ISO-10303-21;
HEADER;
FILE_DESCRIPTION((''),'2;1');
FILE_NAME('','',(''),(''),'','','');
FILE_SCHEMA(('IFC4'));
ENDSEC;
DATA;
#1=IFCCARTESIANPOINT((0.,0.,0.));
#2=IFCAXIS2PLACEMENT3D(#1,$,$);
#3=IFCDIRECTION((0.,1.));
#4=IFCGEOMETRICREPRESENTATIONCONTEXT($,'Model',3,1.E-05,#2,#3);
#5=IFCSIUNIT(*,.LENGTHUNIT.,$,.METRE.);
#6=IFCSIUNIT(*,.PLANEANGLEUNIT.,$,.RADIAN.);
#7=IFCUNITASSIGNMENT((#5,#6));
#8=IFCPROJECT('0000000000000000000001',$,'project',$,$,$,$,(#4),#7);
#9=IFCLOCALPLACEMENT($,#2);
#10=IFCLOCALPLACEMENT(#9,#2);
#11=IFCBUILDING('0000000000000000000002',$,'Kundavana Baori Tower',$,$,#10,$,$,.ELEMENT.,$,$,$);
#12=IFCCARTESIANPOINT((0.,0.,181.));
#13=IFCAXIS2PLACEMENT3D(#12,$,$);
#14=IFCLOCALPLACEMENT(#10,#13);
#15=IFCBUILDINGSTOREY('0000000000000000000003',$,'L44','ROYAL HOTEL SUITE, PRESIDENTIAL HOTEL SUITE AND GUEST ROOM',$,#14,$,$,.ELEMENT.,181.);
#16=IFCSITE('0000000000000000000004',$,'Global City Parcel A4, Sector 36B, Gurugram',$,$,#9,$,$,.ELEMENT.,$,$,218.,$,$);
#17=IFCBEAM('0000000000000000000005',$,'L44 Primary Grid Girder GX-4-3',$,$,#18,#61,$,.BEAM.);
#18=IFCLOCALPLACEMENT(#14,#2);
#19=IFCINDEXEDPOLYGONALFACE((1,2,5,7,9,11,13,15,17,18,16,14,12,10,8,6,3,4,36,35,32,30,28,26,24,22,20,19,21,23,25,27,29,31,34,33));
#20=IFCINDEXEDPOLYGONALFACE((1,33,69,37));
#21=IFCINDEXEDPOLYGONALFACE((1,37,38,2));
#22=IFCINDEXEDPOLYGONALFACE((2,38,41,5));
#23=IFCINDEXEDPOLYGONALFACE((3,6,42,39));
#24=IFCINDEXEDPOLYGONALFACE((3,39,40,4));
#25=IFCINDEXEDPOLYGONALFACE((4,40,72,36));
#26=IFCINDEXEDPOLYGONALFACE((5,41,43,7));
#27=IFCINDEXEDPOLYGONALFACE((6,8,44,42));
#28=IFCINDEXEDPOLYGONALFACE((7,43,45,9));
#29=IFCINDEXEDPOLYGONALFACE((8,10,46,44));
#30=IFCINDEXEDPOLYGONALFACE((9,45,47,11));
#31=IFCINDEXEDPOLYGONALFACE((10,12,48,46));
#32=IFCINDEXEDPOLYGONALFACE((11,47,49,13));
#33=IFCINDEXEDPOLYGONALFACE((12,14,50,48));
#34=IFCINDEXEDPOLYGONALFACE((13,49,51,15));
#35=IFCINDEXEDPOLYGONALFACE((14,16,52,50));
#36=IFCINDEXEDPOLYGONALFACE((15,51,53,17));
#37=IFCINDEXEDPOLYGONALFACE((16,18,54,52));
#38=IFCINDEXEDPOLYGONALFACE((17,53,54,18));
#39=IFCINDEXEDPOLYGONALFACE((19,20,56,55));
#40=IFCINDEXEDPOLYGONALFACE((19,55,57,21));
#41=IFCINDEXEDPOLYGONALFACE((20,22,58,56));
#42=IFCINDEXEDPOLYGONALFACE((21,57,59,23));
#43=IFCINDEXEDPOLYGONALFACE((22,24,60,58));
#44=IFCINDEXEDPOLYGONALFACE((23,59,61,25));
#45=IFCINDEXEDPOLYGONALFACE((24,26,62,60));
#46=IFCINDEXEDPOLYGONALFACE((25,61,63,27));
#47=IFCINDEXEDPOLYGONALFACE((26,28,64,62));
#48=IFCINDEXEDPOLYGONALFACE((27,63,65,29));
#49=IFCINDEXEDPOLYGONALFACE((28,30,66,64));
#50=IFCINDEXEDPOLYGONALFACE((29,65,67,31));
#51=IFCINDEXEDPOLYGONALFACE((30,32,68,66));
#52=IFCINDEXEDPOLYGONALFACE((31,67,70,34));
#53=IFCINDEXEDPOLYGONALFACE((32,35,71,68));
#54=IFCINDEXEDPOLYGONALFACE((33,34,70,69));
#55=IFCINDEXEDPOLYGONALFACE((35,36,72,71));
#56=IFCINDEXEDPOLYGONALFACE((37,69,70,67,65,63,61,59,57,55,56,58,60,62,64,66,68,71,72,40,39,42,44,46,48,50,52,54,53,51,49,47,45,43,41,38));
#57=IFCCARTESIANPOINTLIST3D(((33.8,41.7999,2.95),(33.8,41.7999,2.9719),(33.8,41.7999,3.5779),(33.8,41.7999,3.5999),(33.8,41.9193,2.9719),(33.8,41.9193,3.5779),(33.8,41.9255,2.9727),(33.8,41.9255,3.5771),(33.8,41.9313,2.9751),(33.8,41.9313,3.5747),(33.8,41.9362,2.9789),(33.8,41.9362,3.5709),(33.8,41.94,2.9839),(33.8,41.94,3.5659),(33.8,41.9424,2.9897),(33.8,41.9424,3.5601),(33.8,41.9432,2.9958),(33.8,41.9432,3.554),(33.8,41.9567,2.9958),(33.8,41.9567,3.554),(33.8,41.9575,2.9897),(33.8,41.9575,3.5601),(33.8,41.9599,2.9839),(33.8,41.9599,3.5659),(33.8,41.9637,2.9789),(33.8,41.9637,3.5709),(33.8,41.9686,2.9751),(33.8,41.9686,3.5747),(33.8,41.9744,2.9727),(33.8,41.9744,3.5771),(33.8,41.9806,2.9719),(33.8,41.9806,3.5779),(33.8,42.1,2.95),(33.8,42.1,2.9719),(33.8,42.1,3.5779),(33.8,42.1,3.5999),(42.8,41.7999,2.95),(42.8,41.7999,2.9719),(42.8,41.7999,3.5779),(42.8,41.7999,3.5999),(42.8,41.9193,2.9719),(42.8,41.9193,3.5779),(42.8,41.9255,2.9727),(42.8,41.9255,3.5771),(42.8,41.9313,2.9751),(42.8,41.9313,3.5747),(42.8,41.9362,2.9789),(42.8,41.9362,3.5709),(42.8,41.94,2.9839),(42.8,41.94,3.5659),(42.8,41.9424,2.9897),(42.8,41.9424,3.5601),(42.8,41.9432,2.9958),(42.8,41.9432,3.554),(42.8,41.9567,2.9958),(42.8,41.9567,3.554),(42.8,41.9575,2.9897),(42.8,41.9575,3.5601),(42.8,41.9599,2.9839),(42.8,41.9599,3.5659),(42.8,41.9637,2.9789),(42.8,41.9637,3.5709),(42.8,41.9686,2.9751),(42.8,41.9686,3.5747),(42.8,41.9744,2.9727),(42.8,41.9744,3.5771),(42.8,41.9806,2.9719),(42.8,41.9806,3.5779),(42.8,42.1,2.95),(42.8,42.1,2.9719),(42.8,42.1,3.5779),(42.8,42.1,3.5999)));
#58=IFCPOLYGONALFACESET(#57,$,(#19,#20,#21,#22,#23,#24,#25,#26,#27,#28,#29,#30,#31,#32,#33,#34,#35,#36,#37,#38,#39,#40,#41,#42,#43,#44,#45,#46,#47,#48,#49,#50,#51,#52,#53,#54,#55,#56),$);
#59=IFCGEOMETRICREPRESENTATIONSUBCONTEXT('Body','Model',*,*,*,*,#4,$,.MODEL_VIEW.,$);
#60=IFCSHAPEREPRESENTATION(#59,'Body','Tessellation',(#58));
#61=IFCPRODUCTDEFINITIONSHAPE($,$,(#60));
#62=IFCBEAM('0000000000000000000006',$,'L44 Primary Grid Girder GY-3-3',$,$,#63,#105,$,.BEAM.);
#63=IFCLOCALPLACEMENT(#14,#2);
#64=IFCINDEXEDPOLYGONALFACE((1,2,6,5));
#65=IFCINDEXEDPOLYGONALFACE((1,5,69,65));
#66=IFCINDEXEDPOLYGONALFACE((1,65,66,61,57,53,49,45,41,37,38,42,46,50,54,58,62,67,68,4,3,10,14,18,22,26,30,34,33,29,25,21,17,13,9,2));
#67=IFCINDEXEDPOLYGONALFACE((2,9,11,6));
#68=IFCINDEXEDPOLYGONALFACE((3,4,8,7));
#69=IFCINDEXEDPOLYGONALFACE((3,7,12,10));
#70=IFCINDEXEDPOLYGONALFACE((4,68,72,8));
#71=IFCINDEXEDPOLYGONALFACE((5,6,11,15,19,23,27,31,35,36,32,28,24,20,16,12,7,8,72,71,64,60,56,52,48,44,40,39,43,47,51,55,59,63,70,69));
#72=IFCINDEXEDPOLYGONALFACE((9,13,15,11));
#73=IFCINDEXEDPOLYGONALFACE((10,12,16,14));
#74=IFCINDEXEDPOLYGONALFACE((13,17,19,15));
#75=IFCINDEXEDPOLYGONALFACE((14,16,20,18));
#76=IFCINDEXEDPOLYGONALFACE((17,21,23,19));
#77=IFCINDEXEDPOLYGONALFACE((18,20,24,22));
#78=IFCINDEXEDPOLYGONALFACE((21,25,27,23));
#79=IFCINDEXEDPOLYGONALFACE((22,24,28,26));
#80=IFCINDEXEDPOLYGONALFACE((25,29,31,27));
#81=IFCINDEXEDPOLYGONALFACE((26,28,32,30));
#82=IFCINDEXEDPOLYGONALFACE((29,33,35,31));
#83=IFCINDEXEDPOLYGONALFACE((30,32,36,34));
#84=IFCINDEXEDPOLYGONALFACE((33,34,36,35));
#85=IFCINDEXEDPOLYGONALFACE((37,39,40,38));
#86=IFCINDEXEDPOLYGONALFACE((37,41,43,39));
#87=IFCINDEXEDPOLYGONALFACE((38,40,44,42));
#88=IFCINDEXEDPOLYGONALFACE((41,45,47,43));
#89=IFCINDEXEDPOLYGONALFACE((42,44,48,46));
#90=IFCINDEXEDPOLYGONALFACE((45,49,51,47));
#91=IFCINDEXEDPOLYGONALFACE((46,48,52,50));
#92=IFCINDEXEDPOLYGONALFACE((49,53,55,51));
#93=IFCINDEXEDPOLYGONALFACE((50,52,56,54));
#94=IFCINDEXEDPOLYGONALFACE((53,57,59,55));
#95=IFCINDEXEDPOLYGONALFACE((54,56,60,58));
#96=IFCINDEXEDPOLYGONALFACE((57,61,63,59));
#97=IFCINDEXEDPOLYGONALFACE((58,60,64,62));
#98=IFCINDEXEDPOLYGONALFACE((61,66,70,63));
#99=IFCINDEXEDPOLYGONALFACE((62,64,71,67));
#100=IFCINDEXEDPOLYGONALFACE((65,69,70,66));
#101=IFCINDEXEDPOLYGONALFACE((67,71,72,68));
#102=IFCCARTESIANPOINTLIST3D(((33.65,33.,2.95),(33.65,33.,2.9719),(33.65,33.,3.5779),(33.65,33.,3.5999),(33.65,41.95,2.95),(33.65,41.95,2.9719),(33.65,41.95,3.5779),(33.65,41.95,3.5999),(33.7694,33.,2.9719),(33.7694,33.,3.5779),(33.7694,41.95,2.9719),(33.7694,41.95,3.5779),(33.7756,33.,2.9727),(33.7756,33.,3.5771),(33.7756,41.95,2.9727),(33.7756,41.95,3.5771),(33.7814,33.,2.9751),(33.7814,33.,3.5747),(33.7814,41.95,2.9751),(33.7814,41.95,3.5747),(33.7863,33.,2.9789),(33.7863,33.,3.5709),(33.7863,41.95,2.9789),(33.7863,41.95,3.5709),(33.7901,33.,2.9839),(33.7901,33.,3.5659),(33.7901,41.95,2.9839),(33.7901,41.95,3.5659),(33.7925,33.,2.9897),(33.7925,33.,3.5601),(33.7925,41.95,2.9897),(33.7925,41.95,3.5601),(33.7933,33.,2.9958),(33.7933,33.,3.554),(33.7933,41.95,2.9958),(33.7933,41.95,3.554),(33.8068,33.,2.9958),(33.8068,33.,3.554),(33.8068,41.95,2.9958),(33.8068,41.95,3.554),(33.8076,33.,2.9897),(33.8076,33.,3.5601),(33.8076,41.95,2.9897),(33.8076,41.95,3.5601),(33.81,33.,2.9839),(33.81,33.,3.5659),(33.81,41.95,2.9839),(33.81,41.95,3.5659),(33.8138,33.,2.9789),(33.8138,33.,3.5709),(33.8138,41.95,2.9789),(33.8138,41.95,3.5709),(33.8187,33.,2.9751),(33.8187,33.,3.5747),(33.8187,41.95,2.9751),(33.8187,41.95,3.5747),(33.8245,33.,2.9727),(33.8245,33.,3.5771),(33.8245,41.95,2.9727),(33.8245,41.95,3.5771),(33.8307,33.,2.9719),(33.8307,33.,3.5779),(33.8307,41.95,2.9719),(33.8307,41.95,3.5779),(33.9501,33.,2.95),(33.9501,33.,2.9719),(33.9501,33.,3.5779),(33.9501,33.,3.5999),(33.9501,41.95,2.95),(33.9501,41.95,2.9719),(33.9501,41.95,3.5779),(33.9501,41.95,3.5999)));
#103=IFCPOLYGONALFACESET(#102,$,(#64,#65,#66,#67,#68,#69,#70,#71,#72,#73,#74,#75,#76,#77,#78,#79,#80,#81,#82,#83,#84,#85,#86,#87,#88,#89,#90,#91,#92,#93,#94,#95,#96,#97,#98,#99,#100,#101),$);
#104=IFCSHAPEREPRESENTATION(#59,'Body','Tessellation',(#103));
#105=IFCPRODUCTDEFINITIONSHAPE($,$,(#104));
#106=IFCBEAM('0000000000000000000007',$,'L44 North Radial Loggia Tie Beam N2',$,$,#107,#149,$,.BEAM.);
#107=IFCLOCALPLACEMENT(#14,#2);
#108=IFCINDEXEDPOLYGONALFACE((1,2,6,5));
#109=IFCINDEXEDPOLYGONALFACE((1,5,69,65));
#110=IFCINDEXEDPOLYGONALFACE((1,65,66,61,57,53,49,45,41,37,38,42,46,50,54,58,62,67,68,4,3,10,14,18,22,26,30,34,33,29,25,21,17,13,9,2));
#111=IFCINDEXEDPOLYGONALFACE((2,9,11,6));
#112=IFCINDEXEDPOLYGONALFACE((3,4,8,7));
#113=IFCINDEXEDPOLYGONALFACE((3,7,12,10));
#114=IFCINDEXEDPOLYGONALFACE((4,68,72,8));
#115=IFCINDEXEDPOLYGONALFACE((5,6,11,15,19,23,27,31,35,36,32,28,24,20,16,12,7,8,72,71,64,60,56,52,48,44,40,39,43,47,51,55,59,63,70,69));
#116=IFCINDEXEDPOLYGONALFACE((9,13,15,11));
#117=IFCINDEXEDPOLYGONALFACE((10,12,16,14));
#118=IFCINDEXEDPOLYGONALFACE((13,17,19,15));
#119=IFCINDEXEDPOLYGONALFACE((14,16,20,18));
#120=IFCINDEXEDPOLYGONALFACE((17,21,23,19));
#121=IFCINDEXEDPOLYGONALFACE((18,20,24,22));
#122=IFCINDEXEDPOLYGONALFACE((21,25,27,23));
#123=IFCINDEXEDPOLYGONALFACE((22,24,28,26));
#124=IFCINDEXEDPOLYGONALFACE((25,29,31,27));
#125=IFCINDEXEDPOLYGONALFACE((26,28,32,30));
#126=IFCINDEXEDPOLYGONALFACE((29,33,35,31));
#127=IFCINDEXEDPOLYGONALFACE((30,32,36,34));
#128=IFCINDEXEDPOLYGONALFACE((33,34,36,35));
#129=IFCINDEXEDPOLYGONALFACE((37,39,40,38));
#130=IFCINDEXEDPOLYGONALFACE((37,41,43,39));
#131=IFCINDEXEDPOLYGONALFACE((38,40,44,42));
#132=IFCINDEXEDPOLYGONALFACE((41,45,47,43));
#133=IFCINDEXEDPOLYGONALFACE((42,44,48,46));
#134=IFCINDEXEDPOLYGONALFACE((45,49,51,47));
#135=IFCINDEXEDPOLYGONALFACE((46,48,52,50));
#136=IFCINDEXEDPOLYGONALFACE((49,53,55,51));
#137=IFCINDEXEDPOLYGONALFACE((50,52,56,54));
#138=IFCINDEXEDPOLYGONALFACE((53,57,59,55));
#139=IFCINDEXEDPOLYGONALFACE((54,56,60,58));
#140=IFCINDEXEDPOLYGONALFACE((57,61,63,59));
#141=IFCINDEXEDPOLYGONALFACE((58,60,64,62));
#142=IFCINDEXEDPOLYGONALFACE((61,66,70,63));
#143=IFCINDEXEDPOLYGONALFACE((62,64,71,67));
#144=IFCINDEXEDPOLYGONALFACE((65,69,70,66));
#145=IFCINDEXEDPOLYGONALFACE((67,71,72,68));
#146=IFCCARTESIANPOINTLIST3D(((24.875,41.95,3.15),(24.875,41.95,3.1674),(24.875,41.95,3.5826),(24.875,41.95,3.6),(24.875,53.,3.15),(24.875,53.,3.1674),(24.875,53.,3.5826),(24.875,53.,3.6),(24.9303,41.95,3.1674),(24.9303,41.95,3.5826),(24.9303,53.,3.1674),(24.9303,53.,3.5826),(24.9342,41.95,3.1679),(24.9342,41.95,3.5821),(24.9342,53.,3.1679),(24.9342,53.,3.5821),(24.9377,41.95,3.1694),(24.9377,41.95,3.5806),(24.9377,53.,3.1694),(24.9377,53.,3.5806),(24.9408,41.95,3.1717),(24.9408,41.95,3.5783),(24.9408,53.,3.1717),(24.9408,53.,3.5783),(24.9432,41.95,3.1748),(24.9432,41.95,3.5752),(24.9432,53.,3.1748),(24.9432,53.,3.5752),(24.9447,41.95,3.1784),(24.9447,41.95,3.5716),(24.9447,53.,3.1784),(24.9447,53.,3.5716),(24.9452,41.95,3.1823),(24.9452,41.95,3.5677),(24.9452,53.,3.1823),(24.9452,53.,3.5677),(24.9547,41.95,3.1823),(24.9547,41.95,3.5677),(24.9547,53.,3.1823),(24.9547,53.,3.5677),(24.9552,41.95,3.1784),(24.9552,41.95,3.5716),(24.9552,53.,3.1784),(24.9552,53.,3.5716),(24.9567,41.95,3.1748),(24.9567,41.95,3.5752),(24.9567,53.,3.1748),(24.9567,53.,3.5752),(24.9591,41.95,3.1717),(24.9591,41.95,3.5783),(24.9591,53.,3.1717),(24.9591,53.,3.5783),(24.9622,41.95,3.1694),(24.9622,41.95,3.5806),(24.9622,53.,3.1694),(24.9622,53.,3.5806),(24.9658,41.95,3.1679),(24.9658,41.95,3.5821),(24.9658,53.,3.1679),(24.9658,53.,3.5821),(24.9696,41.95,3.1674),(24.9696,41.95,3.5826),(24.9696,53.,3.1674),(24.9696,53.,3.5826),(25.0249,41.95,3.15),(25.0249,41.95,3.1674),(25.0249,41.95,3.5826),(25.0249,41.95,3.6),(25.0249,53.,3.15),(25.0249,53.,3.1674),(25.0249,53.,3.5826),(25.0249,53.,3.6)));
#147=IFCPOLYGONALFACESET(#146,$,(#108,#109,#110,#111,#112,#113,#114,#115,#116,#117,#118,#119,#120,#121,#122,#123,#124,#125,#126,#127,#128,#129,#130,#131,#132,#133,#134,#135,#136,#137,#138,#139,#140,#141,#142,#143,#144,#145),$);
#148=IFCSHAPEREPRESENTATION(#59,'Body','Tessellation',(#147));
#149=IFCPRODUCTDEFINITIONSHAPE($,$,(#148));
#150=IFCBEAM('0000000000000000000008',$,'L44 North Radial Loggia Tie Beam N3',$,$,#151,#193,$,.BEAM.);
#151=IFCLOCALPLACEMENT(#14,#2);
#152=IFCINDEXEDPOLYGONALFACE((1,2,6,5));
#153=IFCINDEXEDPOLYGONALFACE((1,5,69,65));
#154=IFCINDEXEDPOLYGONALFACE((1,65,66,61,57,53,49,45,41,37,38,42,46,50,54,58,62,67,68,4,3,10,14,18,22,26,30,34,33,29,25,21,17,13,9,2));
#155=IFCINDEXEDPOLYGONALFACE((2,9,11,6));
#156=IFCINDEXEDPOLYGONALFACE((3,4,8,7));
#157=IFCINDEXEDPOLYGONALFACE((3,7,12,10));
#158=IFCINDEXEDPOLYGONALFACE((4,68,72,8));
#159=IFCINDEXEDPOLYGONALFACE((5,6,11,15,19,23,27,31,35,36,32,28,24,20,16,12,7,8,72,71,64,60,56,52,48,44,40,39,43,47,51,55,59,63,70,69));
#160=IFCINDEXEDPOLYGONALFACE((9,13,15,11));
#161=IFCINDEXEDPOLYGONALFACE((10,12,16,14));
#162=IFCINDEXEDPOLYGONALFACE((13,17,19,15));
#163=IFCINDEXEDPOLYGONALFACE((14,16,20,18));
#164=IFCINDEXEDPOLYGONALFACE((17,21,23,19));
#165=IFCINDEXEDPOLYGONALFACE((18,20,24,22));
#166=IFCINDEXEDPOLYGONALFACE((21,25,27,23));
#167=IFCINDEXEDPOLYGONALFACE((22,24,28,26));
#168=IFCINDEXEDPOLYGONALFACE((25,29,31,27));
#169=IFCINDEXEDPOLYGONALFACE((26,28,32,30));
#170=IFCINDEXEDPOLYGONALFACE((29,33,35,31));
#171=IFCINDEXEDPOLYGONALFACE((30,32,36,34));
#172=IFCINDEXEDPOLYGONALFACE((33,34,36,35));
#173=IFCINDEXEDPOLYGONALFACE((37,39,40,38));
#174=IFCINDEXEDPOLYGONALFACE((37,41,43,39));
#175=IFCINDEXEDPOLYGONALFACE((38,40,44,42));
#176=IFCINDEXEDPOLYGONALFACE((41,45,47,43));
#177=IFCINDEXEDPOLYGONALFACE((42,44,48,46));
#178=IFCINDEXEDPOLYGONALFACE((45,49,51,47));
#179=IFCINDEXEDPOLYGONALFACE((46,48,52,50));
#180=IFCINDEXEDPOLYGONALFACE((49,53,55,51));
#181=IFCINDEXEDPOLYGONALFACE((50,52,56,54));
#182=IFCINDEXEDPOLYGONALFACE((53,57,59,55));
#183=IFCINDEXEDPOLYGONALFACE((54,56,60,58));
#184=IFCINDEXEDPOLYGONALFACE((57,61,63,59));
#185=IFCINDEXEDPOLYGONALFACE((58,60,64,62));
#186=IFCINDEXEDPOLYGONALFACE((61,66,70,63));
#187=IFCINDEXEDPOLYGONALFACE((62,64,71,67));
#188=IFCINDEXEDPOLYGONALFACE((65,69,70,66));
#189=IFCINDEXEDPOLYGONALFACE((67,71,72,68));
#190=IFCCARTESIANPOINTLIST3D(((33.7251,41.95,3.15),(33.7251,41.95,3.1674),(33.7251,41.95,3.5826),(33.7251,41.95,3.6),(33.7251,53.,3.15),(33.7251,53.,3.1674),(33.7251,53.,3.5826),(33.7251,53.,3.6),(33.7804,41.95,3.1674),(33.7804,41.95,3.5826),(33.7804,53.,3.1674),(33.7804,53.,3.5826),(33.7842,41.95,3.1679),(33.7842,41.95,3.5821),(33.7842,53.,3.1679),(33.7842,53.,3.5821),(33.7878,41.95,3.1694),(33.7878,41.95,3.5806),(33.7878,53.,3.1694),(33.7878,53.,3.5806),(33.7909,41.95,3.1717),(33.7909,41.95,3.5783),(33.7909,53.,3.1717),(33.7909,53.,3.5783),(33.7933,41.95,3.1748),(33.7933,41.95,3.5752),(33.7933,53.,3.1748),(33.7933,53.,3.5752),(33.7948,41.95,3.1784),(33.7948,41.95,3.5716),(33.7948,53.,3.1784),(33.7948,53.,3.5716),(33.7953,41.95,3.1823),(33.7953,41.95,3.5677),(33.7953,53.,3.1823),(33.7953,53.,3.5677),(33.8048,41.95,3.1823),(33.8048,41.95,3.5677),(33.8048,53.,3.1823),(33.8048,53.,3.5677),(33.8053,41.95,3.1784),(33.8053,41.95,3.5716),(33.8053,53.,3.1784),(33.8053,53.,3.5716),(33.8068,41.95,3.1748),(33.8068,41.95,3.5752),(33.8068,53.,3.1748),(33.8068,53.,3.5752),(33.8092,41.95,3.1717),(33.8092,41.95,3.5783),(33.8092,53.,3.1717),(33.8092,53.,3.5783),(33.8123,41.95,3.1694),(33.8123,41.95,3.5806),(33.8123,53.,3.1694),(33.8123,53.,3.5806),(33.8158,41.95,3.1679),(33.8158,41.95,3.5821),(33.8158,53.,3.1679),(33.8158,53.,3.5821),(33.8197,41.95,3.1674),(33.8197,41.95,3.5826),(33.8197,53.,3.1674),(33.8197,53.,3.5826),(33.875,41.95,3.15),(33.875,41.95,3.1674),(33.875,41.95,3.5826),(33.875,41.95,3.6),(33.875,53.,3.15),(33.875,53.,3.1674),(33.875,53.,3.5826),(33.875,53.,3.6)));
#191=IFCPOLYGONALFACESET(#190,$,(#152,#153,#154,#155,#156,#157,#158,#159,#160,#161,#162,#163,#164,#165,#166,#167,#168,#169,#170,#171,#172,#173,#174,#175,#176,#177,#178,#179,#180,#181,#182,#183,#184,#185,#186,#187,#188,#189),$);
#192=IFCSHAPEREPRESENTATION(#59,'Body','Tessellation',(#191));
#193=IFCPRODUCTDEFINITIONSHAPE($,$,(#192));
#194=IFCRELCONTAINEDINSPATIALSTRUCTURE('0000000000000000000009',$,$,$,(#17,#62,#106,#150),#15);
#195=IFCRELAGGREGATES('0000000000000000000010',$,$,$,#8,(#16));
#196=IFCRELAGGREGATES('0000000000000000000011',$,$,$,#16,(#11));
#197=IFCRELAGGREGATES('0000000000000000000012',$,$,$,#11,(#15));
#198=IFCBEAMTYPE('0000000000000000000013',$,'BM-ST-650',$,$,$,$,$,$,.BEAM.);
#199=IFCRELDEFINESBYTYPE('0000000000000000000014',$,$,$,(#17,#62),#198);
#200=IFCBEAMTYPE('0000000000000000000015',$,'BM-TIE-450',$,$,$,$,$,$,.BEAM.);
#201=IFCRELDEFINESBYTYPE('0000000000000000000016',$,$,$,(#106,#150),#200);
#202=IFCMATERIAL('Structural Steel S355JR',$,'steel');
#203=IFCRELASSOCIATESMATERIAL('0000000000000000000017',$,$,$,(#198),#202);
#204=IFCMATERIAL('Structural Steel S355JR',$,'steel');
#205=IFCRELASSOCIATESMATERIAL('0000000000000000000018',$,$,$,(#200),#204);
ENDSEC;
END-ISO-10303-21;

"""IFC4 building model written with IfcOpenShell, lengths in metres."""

from ifc_helpers import new_model, si_unit, direction, frame, origin, origin_2d, place, context, subcontext, project, spatial, i_section, extrude, material, material_profile, profile_set, type_object, element, save


model = new_model("IFC4")

# Units and contexts
model_context = context("Model", 3, precision=1e-05, world=origin(), true_north=direction((0.0, 1.0)))
body_context = subcontext(model_context, "Body", "Model", "MODEL_VIEW")
ifc_project = project(units=[si_unit("LENGTHUNIT", "METRE"), si_unit("PLANEANGLEUNIT", "RADIAN")], contexts=[model_context])

# Site, building, storey
site_placement = place(None, origin())
site = spatial("IfcSite", under=ifc_project, at=site_placement, Name="Global City Parcel A4, Sector 36B, Gurugram", CompositionType="ELEMENT", RefElevation=218.0)
building_placement = place(site_placement, origin())
building = spatial("IfcBuilding", under=site, at=building_placement, Name="Kundavana Baori Tower", CompositionType="ELEMENT")
storey_placement = place(building_placement, frame((0.0, 0.0, 181.0)))
storey = spatial("IfcBuildingStorey", under=building, at=storey_placement, Name="L44", Description="ROYAL HOTEL SUITE, PRESIDENTIAL HOTEL SUITE AND GUEST ROOM", CompositionType="ELEMENT", Elevation=181.0)

# Beams
ifc_material_1 = material(Name="Structural Steel S355JR", Category="steel")
ifc_material_profile_1 = material_profile(ifc_material_1, i_section(OverallWidth=0.3, OverallDepth=0.6499, WebThickness=0.0134, FlangeThickness=0.022, FilletRadius=0.0239, at=origin_2d()), Name="NPB 650x300x155")
ifc_profile_set_1 = profile_set([ifc_material_profile_1], Name="Structural Steel S355JR")
beam_type_1 = type_object("IfcBeamType", Name="BM-ST-650", PredefinedType="BEAM", material=ifc_profile_set_1)
beam_1_placement = place(storey_placement, frame((33.8, 41.95, 3.2749), z_axis=(1.0, 0.0, 0.0), x_axis=(0.0, 1.0, 0.0)))
element("IfcBeam", 1, at=beam_1_placement, inside=storey, type_object=beam_type_1, Name="L44 Primary Grid Girder GX-4-3", PredefinedType="BEAM", context=body_context, shape_type="SweptSolid", body=[
    extrude(i_section(OverallWidth=0.3, OverallDepth=0.6499, WebThickness=0.0134, FlangeThickness=0.022, FilletRadius=0.0239, at=origin_2d()), origin(), (0.0, 0.0, 1.0), 9.0),
])
beam_2_placement = place(storey_placement, frame((33.8, 33.0, 3.2749), z_axis=(0.0, 1.0, 0.0), x_axis=(-1.0, 0.0, 0.0)))
element("IfcBeam", 2, at=beam_2_placement, inside=storey, type_object=beam_type_1, Name="L44 Primary Grid Girder GY-3-3", PredefinedType="BEAM", context=body_context, shape_type="SweptSolid", body=[
    extrude(i_section(OverallWidth=0.3, OverallDepth=0.6499, WebThickness=0.0134, FlangeThickness=0.022, FilletRadius=0.0239, at=origin_2d()), origin(), (0.0, 0.0, 1.0), 8.95),
])
ifc_material_2 = material(Name="Structural Steel S355JR", Category="steel")
ifc_material_profile_2 = material_profile(ifc_material_2, i_section(OverallWidth=0.1499, OverallDepth=0.45, WebThickness=0.0095, FlangeThickness=0.0173, FilletRadius=0.0149, at=origin_2d()), Name="ISMB 450")
ifc_profile_set_2 = profile_set([ifc_material_profile_2], Name="Structural Steel S355JR")
beam_type_2 = type_object("IfcBeamType", Name="BM-TIE-450", PredefinedType="BEAM", material=ifc_profile_set_2)
for number, where, z_axis, x_axis, name in (
    (3, (24.95, 41.95, 3.375), (0.0, 1.0, 0.0), (-1.0, 0.0, 0.0), "L44 North Radial Loggia Tie Beam N2"),
    (4, (33.8, 41.95, 3.375), (0.0, 1.0, 0.0), (-1.0, 0.0, 0.0), "L44 North Radial Loggia Tie Beam N3"),
):
    element("IfcBeam", number, at=place(storey_placement, frame(where, z_axis=z_axis, x_axis=x_axis)), inside=storey, type_object=beam_type_2, Name=name, PredefinedType="BEAM", context=body_context, shape_type="SweptSolid", body=[
        extrude(i_section(OverallWidth=0.1499, OverallDepth=0.45, WebThickness=0.0095, FlangeThickness=0.0173, FilletRadius=0.0149, at=origin_2d()), origin(), (0.0, 0.0, 1.0), 11.05),
    ])

save(model, "model.ifc")
